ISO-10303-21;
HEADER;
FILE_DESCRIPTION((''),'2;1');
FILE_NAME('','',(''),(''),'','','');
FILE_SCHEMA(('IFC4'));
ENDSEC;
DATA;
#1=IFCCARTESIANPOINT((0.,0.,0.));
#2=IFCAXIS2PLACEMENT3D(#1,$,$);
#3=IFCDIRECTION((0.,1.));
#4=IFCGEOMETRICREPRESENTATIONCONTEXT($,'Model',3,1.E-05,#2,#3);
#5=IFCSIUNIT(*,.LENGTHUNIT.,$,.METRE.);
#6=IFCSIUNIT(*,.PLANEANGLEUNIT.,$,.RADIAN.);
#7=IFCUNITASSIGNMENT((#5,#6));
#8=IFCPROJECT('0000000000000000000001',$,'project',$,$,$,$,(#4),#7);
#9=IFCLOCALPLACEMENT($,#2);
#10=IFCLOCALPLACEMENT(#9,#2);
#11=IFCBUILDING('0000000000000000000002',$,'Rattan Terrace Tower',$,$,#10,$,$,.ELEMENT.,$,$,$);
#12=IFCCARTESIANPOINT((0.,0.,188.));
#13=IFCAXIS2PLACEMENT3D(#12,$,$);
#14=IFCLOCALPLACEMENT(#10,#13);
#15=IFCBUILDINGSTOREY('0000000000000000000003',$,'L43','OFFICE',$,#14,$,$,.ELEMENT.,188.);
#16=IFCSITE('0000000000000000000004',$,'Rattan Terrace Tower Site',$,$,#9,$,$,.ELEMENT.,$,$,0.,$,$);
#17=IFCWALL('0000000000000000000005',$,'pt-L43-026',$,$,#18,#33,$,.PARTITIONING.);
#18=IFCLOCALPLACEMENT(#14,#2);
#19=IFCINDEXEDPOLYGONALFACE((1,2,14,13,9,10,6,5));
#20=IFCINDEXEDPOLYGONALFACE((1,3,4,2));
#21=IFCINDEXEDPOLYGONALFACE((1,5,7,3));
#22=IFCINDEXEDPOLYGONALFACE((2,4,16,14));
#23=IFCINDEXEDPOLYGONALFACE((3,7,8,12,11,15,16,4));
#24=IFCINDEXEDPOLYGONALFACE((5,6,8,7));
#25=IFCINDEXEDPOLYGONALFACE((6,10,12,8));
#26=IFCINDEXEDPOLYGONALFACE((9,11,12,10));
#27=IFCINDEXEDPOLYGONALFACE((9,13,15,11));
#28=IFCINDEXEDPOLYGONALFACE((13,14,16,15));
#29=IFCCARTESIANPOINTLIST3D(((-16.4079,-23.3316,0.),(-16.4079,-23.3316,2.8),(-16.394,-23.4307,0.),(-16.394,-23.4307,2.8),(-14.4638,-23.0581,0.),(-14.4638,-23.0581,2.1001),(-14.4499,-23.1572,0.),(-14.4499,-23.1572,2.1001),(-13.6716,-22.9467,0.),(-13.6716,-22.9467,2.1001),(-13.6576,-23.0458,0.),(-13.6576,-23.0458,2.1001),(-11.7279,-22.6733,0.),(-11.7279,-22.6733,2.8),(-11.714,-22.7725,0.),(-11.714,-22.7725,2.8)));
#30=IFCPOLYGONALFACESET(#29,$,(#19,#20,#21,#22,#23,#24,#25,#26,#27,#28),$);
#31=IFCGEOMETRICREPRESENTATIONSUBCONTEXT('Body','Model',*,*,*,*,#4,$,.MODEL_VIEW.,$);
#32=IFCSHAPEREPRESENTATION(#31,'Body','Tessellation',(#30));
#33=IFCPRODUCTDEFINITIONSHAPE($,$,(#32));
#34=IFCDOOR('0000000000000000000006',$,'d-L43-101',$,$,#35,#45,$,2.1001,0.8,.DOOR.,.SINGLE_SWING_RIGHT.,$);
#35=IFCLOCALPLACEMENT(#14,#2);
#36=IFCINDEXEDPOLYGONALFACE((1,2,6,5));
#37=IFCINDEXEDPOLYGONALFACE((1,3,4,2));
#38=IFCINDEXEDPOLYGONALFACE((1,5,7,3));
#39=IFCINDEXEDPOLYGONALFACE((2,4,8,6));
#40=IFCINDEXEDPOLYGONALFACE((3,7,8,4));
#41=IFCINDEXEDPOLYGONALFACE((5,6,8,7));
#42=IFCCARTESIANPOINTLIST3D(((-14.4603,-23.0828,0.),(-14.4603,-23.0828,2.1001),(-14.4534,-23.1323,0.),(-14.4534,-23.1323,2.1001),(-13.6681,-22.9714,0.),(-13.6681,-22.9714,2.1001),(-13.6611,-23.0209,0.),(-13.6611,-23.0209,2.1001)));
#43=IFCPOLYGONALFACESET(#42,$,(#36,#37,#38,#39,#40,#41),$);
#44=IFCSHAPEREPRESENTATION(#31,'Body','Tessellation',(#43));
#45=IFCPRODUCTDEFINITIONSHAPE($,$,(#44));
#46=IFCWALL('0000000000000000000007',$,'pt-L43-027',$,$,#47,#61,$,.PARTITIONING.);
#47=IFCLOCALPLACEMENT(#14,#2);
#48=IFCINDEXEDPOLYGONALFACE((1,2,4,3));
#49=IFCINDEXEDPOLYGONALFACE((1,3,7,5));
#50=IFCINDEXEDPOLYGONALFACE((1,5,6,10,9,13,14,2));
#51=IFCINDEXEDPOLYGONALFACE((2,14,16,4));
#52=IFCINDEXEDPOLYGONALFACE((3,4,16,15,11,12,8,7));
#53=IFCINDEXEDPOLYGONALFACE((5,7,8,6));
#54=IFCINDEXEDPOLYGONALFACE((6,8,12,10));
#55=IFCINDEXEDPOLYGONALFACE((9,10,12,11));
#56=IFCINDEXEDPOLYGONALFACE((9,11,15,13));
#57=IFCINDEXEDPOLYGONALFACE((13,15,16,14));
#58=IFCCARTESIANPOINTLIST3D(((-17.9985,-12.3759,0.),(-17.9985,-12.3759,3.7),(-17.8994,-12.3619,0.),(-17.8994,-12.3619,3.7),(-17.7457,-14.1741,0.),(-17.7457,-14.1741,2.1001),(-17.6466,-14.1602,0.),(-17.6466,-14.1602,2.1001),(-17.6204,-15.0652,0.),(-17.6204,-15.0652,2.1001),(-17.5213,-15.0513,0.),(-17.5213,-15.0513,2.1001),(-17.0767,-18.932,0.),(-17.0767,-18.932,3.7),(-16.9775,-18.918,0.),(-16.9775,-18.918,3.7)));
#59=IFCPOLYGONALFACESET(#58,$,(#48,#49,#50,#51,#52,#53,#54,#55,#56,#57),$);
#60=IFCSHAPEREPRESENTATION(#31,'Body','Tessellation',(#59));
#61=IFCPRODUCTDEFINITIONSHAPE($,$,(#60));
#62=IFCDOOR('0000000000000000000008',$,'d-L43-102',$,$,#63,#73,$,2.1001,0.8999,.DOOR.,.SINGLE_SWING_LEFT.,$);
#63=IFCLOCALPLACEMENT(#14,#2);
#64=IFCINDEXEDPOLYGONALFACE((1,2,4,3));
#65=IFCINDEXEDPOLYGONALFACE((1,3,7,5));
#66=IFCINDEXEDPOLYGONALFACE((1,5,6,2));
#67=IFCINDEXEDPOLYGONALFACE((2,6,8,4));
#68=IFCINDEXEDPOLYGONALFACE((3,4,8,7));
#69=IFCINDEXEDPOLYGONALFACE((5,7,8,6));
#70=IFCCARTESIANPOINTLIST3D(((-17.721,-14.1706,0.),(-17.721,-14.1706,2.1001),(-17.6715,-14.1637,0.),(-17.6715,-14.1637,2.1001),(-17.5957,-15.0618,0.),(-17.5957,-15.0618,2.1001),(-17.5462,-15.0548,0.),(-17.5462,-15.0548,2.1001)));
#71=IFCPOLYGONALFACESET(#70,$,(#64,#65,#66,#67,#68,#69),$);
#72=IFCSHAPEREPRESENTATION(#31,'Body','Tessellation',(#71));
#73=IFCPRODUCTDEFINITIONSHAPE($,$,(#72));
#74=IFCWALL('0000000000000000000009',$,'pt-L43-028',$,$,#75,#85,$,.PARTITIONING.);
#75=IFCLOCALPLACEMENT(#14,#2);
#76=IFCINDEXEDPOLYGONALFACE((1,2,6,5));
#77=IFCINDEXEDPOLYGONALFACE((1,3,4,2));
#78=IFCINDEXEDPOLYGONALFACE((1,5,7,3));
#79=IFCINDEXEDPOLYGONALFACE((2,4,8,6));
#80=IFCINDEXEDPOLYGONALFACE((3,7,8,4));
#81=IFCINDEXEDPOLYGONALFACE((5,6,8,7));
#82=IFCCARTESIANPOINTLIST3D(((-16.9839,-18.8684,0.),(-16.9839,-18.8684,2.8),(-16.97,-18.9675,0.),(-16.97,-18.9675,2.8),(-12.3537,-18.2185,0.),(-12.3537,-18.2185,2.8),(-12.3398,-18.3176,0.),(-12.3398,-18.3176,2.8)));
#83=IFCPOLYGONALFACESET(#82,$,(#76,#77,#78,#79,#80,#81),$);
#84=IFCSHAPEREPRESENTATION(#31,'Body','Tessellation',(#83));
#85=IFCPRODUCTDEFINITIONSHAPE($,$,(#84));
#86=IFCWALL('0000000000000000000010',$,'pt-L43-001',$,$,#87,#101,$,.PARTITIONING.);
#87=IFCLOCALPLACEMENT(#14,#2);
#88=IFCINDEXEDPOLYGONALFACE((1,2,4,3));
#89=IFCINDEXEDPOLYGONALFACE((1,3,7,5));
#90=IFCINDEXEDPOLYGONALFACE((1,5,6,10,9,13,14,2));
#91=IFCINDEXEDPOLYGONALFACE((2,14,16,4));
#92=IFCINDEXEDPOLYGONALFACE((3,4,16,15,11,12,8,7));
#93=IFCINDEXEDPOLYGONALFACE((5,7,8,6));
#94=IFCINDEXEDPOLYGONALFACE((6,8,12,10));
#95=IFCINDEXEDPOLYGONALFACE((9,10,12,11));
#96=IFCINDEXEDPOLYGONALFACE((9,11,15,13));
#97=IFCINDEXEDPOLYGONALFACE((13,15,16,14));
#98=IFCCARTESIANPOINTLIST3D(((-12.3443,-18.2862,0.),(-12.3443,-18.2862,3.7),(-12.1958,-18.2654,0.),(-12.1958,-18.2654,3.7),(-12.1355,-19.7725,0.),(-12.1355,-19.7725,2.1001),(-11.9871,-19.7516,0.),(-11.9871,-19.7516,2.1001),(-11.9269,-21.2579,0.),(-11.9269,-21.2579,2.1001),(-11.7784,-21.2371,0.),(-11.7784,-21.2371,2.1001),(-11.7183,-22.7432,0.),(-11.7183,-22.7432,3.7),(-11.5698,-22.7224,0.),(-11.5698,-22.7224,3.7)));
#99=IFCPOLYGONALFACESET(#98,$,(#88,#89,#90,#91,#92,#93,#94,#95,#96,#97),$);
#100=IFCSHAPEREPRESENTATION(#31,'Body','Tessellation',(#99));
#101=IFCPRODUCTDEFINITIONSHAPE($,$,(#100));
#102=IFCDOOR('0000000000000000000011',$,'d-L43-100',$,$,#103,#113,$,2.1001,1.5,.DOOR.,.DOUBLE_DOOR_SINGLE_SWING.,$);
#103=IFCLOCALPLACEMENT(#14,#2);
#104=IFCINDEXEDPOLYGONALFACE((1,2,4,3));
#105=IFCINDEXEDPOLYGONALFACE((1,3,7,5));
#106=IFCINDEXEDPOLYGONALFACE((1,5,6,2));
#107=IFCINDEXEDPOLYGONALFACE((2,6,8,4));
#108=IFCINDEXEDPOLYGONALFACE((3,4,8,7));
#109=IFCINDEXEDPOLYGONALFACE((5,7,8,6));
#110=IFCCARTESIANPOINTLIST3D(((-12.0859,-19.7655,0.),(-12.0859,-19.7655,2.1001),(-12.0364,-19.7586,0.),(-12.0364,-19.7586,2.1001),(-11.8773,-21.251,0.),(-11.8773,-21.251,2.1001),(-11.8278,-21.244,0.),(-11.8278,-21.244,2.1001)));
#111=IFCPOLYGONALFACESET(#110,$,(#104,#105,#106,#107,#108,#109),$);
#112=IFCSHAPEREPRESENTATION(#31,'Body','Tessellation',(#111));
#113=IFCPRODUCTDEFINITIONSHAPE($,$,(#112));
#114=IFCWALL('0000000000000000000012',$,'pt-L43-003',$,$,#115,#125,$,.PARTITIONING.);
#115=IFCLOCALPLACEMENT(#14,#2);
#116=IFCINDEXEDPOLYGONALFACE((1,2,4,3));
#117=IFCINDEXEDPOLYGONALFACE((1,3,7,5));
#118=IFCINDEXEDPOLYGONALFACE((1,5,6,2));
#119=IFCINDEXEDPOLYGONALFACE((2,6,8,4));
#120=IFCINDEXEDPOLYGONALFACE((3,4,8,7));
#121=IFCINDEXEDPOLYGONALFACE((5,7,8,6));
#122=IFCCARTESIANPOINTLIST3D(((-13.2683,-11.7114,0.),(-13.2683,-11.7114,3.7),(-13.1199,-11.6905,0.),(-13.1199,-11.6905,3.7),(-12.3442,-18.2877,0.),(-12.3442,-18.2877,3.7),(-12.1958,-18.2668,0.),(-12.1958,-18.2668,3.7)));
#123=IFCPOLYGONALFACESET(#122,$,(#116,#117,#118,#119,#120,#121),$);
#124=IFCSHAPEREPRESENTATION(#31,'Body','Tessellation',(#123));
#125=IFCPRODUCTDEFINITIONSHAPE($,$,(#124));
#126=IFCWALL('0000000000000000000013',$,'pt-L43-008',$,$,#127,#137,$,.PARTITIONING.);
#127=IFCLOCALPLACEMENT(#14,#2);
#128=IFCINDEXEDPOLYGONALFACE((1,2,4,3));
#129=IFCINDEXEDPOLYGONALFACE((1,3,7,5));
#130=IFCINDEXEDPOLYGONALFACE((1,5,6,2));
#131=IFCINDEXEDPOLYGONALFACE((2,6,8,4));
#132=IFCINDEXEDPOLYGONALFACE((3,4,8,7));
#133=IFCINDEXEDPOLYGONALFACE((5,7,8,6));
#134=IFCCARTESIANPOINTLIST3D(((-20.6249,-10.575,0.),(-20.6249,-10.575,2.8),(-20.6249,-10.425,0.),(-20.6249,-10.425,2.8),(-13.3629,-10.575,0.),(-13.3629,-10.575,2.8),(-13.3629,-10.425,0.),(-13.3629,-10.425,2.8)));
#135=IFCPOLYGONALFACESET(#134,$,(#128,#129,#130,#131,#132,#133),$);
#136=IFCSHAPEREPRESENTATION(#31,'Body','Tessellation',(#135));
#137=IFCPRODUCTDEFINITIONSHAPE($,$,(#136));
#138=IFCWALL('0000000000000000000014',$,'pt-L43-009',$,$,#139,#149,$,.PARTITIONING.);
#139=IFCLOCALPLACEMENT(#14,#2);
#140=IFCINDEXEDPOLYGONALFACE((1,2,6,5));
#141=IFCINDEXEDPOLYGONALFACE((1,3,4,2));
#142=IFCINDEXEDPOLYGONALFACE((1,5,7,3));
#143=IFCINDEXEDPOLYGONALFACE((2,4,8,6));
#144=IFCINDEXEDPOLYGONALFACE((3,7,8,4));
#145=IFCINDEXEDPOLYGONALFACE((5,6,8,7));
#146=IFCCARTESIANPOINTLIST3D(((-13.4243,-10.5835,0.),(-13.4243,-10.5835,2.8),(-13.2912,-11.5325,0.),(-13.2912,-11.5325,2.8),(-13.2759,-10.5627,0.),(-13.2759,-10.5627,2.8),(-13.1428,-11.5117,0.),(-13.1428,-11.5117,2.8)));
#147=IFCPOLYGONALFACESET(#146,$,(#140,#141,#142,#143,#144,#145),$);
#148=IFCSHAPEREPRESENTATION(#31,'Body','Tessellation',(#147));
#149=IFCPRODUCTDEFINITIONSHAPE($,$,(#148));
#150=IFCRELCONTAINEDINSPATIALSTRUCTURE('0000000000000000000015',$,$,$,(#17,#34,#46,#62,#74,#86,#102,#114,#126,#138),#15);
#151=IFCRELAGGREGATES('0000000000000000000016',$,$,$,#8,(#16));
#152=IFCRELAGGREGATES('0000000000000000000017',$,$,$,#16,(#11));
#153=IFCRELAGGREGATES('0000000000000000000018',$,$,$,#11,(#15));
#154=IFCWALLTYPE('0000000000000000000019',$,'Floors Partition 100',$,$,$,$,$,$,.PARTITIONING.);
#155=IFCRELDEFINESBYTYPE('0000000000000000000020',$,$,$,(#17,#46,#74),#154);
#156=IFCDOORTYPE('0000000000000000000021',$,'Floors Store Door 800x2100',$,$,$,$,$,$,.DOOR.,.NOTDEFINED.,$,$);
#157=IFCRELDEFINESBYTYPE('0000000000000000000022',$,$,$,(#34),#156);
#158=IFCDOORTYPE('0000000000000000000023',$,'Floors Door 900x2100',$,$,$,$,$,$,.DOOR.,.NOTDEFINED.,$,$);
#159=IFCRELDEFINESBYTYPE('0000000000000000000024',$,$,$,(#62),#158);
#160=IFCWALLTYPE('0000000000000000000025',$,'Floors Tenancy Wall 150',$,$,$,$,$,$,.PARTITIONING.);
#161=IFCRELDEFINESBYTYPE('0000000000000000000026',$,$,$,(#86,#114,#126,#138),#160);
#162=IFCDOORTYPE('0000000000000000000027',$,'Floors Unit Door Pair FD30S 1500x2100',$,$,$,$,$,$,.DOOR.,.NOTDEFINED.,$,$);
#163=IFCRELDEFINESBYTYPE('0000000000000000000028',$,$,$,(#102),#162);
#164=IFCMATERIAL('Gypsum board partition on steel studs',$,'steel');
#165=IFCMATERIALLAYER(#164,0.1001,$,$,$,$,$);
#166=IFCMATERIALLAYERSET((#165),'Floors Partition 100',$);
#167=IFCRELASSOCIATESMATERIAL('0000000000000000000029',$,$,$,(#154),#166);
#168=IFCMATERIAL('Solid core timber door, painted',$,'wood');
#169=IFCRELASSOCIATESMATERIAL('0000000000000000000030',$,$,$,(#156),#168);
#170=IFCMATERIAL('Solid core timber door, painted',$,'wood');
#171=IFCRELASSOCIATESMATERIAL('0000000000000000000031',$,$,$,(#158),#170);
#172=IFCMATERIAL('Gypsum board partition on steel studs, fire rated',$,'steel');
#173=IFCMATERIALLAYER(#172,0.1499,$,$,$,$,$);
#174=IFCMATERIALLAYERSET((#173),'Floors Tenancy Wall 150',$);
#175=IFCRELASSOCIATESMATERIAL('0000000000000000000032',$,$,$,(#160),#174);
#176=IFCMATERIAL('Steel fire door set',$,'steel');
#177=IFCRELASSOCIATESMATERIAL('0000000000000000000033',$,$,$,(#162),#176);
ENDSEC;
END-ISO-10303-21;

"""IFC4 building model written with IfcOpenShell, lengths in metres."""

from ifc_helpers import new_model, si_unit, direction, frame, frame_2d, origin, place, context, subcontext, project, spatial, rectangle, extrude, material, layer, layer_set, type_object, element, fill, save


model = new_model("IFC4")

# Units and contexts
model_context = context("Model", 3, precision=1e-05, world=origin(), true_north=direction((0.0, 1.0)))
body_context = subcontext(model_context, "Body", "Model", "MODEL_VIEW")
ifc_project = project(units=[si_unit("LENGTHUNIT", "METRE"), si_unit("PLANEANGLEUNIT", "RADIAN")], contexts=[model_context])

# Site, building, storey
site_placement = place(None, origin())
site = spatial("IfcSite", under=ifc_project, at=site_placement, Name="Rattan Terrace Tower Site", CompositionType="ELEMENT", RefElevation=0.0)
building_placement = place(site_placement, origin())
building = spatial("IfcBuilding", under=site, at=building_placement, Name="Rattan Terrace Tower", CompositionType="ELEMENT")
storey_placement = place(building_placement, frame((0.0, 0.0, 188.0)))
storey = spatial("IfcBuildingStorey", under=building, at=storey_placement, Name="L43", Description="OFFICE", CompositionType="ELEMENT", Elevation=188.0)

# Shared definitions
ifc_material_1 = material(Name="Gypsum board partition on steel studs", Category="steel")
ifc_layer_1 = layer(ifc_material_1, 0.1001)
ifc_layer_set_1 = layer_set([ifc_layer_1], Name="Floors Partition 100")
wall_type_1 = type_object("IfcWallType", Name="Floors Partition 100", PredefinedType="PARTITIONING", material=ifc_layer_set_1)

# Walls, openings, doors
wall_1_placement = place(storey_placement, frame((-11.7209, -22.7229, 0.0), z_axis=(0.0, 0.0, 1.0), x_axis=(-0.990254, -0.139273, 0.0)))
wall_1 = element("IfcWall", 1, at=wall_1_placement, inside=storey, type_object=wall_type_1, Name="pt-L43-026", PredefinedType="PARTITIONING", context=body_context, shape_type="SweptSolid", body=[
    extrude(rectangle(XDim=4.7261, YDim=0.1001, at=frame_2d((2.363, 0.0))), origin(), (0.0, 0.0, 1.0), 2.8),
])
opening_1_placement = place(wall_1_placement, frame((1.9629, 0.0, 0.0)))
opening_1 = element("IfcOpeningElement", 2, at=opening_1_placement, cuts=wall_1, PredefinedType="OPENING", context=body_context, shape_type="SweptSolid", body=[
    extrude(rectangle(XDim=0.8, YDim=2.1001, at=frame_2d((0.3999, 1.05))), frame((0.0, 0.0605, 0.0), z_axis=(0.0, -1.0, 0.0), x_axis=(1.0, 0.0, 0.0)), (0.0, 0.0, 1.0), 0.1211),
])
ifc_material_2 = material(Name="Solid core timber door, painted", Category="wood")
door_type_1 = type_object("IfcDoorType", Name="Floors Store Door 800x2100", OperationType="NOTDEFINED", PredefinedType="DOOR", material=ifc_material_2)
door_1_placement = place(opening_1_placement, origin())
door_1 = element("IfcDoor", 3, at=door_1_placement, inside=storey, type_object=door_type_1, Name="d-L43-101", OperationType="SINGLE_SWING_RIGHT", OverallHeight=2.1001, OverallWidth=0.8, PredefinedType="DOOR", context=body_context, shape_type="SweptSolid", body=[
    extrude(rectangle(XDim=0.8, YDim=2.1001, at=frame_2d((0.3999, 1.05))), frame((0.0, 0.0249, 0.0), z_axis=(0.0, -1.0, 0.0), x_axis=(1.0, 0.0, 0.0)), (0.0, 0.0, 1.0), 0.05),
])
fill(opening_1, door_1)
wall_2_placement = place(storey_placement, frame((-17.949, -12.3689, 0.0), z_axis=(0.0, 0.0, 1.0), x_axis=(0.139242, -0.990258, 0.0)))
wall_2 = element("IfcWall", 4, at=wall_2_placement, inside=storey, type_object=wall_type_1, Name="pt-L43-027", PredefinedType="PARTITIONING", context=body_context, shape_type="SweptSolid", body=[
    extrude(rectangle(XDim=6.6206, YDim=0.1001, at=frame_2d((3.3103, 0.0))), origin(), (0.0, 0.0, 1.0), 3.7),
])
opening_2_placement = place(wall_2_placement, frame((1.8159, 0.0, 0.0)))
opening_2 = element("IfcOpeningElement", 5, at=opening_2_placement, cuts=wall_2, PredefinedType="OPENING", context=body_context, shape_type="SweptSolid", body=[
    extrude(rectangle(XDim=0.8999, YDim=2.1001, at=frame_2d((0.45, 1.05))), frame((0.0, 0.0605, 0.0), z_axis=(0.0, -1.0, 0.0), x_axis=(1.0, 0.0, 0.0)), (0.0, 0.0, 1.0), 0.1211),
])
ifc_material_3 = material(Name="Solid core timber door, painted", Category="wood")
door_type_2 = type_object("IfcDoorType", Name="Floors Door 900x2100", OperationType="NOTDEFINED", PredefinedType="DOOR", material=ifc_material_3)
door_2_placement = place(opening_2_placement, origin())
door_2 = element("IfcDoor", 6, at=door_2_placement, inside=storey, type_object=door_type_2, Name="d-L43-102", OperationType="SINGLE_SWING_LEFT", OverallHeight=2.1001, OverallWidth=0.8999, PredefinedType="DOOR", context=body_context, shape_type="SweptSolid", body=[
    extrude(rectangle(XDim=0.8999, YDim=2.1001, at=frame_2d((0.45, 1.05))), frame((0.0, 0.0249, 0.0), z_axis=(0.0, -1.0, 0.0), x_axis=(1.0, 0.0, 0.0)), (0.0, 0.0, 1.0), 0.05),
])
fill(opening_2, door_2)

# Wall
wall_3_placement = place(storey_placement, frame((-16.9771, -18.918, 0.0), z_axis=(0.0, 0.0, 1.0), x_axis=(0.990292, 0.139001, 0.0)))
element("IfcWall", 7, at=wall_3_placement, inside=storey, type_object=wall_type_1, Name="pt-L43-028", PredefinedType="PARTITIONING", context=body_context, shape_type="SweptSolid", body=[
    extrude(rectangle(XDim=4.6755, YDim=0.1001, at=frame_2d((2.3379, 0.0))), origin(), (0.0, 0.0, 1.0), 2.8),
])

# Wall, opening, door
ifc_material_4 = material(Name="Gypsum board partition on steel studs, fire rated", Category="steel")
ifc_layer_2 = layer(ifc_material_4, 0.1499)
ifc_layer_set_2 = layer_set([ifc_layer_2], Name="Floors Tenancy Wall 150")
wall_type_2 = type_object("IfcWallType", Name="Floors Tenancy Wall 150", PredefinedType="PARTITIONING", material=ifc_layer_set_2)
wall_4_placement = place(storey_placement, frame((-11.644, -22.7329, 0.0), z_axis=(0.0, 0.0, 1.0), x_axis=(-0.139082, 0.990281, 0.0)))
wall_4 = element("IfcWall", 8, at=wall_4_placement, inside=storey, type_object=wall_type_2, Name="pt-L43-001", PredefinedType="PARTITIONING", context=body_context, shape_type="SweptSolid", body=[
    extrude(rectangle(XDim=4.5007, YDim=0.1499, at=frame_2d((2.2505, 0.0))), origin(), (0.0, 0.0, 1.0), 3.7),
])
opening_3_placement = place(wall_4_placement, frame((1.5, 0.0, 0.0)))
opening_3 = element("IfcOpeningElement", 9, at=opening_3_placement, cuts=wall_4, PredefinedType="OPENING", context=body_context, shape_type="SweptSolid", body=[
    extrude(rectangle(XDim=1.5, YDim=2.1001, at=frame_2d((0.75, 1.05))), frame((0.0, 0.0854, 0.0), z_axis=(0.0, -1.0, 0.0), x_axis=(1.0, 0.0, 0.0)), (0.0, 0.0, 1.0), 0.1709),
])
ifc_material_5 = material(Name="Steel fire door set", Category="steel")
door_type_3 = type_object("IfcDoorType", Name="Floors Unit Door Pair FD30S 1500x2100", OperationType="NOTDEFINED", PredefinedType="DOOR", material=ifc_material_5)
door_3_placement = place(opening_3_placement, origin())
door_3 = element("IfcDoor", 10, at=door_3_placement, inside=storey, type_object=door_type_3, Name="d-L43-100", OperationType="DOUBLE_DOOR_SINGLE_SWING", OverallHeight=2.1001, OverallWidth=1.5, PredefinedType="DOOR", context=body_context, shape_type="SweptSolid", body=[
    extrude(rectangle(XDim=1.5, YDim=2.1001, at=frame_2d((0.75, 1.05))), frame((0.0, 0.0249, 0.0), z_axis=(0.0, -1.0, 0.0), x_axis=(1.0, 0.0, 0.0)), (0.0, 0.0, 1.0), 0.05),
])
fill(opening_3, door_3)

# Walls
wall_5_placement = place(storey_placement, frame((-12.27, -18.2771, 0.0), z_axis=(0.0, 0.0, 1.0), x_axis=(-0.139151, 0.990271, 0.0)))
element("IfcWall", 11, at=wall_5_placement, inside=storey, type_object=wall_type_2, Name="pt-L43-003", PredefinedType="PARTITIONING", context=body_context, shape_type="SweptSolid", body=[
    extrude(rectangle(XDim=6.6409, YDim=0.1499, at=frame_2d((3.3203, 0.0))), origin(), (0.0, 0.0, 1.0), 3.7),
])
wall_6_placement = place(storey_placement, frame((-13.363, -10.5, 0.0), z_axis=(0.0, 0.0, 1.0), x_axis=(-1.0, 0.0, 0.0)))
element("IfcWall", 12, at=wall_6_placement, inside=storey, type_object=wall_type_2, Name="pt-L43-008", PredefinedType="PARTITIONING", context=body_context, shape_type="SweptSolid", body=[
    extrude(rectangle(XDim=7.262, YDim=0.1499, at=frame_2d((3.6309, 0.0))), origin(), (0.0, 0.0, 1.0), 2.8),
])
wall_7_placement = place(storey_placement, frame((-13.217, -11.522, 0.0), z_axis=(0.0, 0.0, 1.0), x_axis=(-0.138853, 0.990313, 0.0)))
element("IfcWall", 13, at=wall_7_placement, inside=storey, type_object=wall_type_2, Name="pt-L43-009", PredefinedType="PARTITIONING", context=body_context, shape_type="SweptSolid", body=[
    extrude(rectangle(XDim=0.9583, YDim=0.1499, at=frame_2d((0.479, 0.0))), origin(), (0.0, 0.0, 1.0), 2.8),
])

save(model, "model.ifc")
